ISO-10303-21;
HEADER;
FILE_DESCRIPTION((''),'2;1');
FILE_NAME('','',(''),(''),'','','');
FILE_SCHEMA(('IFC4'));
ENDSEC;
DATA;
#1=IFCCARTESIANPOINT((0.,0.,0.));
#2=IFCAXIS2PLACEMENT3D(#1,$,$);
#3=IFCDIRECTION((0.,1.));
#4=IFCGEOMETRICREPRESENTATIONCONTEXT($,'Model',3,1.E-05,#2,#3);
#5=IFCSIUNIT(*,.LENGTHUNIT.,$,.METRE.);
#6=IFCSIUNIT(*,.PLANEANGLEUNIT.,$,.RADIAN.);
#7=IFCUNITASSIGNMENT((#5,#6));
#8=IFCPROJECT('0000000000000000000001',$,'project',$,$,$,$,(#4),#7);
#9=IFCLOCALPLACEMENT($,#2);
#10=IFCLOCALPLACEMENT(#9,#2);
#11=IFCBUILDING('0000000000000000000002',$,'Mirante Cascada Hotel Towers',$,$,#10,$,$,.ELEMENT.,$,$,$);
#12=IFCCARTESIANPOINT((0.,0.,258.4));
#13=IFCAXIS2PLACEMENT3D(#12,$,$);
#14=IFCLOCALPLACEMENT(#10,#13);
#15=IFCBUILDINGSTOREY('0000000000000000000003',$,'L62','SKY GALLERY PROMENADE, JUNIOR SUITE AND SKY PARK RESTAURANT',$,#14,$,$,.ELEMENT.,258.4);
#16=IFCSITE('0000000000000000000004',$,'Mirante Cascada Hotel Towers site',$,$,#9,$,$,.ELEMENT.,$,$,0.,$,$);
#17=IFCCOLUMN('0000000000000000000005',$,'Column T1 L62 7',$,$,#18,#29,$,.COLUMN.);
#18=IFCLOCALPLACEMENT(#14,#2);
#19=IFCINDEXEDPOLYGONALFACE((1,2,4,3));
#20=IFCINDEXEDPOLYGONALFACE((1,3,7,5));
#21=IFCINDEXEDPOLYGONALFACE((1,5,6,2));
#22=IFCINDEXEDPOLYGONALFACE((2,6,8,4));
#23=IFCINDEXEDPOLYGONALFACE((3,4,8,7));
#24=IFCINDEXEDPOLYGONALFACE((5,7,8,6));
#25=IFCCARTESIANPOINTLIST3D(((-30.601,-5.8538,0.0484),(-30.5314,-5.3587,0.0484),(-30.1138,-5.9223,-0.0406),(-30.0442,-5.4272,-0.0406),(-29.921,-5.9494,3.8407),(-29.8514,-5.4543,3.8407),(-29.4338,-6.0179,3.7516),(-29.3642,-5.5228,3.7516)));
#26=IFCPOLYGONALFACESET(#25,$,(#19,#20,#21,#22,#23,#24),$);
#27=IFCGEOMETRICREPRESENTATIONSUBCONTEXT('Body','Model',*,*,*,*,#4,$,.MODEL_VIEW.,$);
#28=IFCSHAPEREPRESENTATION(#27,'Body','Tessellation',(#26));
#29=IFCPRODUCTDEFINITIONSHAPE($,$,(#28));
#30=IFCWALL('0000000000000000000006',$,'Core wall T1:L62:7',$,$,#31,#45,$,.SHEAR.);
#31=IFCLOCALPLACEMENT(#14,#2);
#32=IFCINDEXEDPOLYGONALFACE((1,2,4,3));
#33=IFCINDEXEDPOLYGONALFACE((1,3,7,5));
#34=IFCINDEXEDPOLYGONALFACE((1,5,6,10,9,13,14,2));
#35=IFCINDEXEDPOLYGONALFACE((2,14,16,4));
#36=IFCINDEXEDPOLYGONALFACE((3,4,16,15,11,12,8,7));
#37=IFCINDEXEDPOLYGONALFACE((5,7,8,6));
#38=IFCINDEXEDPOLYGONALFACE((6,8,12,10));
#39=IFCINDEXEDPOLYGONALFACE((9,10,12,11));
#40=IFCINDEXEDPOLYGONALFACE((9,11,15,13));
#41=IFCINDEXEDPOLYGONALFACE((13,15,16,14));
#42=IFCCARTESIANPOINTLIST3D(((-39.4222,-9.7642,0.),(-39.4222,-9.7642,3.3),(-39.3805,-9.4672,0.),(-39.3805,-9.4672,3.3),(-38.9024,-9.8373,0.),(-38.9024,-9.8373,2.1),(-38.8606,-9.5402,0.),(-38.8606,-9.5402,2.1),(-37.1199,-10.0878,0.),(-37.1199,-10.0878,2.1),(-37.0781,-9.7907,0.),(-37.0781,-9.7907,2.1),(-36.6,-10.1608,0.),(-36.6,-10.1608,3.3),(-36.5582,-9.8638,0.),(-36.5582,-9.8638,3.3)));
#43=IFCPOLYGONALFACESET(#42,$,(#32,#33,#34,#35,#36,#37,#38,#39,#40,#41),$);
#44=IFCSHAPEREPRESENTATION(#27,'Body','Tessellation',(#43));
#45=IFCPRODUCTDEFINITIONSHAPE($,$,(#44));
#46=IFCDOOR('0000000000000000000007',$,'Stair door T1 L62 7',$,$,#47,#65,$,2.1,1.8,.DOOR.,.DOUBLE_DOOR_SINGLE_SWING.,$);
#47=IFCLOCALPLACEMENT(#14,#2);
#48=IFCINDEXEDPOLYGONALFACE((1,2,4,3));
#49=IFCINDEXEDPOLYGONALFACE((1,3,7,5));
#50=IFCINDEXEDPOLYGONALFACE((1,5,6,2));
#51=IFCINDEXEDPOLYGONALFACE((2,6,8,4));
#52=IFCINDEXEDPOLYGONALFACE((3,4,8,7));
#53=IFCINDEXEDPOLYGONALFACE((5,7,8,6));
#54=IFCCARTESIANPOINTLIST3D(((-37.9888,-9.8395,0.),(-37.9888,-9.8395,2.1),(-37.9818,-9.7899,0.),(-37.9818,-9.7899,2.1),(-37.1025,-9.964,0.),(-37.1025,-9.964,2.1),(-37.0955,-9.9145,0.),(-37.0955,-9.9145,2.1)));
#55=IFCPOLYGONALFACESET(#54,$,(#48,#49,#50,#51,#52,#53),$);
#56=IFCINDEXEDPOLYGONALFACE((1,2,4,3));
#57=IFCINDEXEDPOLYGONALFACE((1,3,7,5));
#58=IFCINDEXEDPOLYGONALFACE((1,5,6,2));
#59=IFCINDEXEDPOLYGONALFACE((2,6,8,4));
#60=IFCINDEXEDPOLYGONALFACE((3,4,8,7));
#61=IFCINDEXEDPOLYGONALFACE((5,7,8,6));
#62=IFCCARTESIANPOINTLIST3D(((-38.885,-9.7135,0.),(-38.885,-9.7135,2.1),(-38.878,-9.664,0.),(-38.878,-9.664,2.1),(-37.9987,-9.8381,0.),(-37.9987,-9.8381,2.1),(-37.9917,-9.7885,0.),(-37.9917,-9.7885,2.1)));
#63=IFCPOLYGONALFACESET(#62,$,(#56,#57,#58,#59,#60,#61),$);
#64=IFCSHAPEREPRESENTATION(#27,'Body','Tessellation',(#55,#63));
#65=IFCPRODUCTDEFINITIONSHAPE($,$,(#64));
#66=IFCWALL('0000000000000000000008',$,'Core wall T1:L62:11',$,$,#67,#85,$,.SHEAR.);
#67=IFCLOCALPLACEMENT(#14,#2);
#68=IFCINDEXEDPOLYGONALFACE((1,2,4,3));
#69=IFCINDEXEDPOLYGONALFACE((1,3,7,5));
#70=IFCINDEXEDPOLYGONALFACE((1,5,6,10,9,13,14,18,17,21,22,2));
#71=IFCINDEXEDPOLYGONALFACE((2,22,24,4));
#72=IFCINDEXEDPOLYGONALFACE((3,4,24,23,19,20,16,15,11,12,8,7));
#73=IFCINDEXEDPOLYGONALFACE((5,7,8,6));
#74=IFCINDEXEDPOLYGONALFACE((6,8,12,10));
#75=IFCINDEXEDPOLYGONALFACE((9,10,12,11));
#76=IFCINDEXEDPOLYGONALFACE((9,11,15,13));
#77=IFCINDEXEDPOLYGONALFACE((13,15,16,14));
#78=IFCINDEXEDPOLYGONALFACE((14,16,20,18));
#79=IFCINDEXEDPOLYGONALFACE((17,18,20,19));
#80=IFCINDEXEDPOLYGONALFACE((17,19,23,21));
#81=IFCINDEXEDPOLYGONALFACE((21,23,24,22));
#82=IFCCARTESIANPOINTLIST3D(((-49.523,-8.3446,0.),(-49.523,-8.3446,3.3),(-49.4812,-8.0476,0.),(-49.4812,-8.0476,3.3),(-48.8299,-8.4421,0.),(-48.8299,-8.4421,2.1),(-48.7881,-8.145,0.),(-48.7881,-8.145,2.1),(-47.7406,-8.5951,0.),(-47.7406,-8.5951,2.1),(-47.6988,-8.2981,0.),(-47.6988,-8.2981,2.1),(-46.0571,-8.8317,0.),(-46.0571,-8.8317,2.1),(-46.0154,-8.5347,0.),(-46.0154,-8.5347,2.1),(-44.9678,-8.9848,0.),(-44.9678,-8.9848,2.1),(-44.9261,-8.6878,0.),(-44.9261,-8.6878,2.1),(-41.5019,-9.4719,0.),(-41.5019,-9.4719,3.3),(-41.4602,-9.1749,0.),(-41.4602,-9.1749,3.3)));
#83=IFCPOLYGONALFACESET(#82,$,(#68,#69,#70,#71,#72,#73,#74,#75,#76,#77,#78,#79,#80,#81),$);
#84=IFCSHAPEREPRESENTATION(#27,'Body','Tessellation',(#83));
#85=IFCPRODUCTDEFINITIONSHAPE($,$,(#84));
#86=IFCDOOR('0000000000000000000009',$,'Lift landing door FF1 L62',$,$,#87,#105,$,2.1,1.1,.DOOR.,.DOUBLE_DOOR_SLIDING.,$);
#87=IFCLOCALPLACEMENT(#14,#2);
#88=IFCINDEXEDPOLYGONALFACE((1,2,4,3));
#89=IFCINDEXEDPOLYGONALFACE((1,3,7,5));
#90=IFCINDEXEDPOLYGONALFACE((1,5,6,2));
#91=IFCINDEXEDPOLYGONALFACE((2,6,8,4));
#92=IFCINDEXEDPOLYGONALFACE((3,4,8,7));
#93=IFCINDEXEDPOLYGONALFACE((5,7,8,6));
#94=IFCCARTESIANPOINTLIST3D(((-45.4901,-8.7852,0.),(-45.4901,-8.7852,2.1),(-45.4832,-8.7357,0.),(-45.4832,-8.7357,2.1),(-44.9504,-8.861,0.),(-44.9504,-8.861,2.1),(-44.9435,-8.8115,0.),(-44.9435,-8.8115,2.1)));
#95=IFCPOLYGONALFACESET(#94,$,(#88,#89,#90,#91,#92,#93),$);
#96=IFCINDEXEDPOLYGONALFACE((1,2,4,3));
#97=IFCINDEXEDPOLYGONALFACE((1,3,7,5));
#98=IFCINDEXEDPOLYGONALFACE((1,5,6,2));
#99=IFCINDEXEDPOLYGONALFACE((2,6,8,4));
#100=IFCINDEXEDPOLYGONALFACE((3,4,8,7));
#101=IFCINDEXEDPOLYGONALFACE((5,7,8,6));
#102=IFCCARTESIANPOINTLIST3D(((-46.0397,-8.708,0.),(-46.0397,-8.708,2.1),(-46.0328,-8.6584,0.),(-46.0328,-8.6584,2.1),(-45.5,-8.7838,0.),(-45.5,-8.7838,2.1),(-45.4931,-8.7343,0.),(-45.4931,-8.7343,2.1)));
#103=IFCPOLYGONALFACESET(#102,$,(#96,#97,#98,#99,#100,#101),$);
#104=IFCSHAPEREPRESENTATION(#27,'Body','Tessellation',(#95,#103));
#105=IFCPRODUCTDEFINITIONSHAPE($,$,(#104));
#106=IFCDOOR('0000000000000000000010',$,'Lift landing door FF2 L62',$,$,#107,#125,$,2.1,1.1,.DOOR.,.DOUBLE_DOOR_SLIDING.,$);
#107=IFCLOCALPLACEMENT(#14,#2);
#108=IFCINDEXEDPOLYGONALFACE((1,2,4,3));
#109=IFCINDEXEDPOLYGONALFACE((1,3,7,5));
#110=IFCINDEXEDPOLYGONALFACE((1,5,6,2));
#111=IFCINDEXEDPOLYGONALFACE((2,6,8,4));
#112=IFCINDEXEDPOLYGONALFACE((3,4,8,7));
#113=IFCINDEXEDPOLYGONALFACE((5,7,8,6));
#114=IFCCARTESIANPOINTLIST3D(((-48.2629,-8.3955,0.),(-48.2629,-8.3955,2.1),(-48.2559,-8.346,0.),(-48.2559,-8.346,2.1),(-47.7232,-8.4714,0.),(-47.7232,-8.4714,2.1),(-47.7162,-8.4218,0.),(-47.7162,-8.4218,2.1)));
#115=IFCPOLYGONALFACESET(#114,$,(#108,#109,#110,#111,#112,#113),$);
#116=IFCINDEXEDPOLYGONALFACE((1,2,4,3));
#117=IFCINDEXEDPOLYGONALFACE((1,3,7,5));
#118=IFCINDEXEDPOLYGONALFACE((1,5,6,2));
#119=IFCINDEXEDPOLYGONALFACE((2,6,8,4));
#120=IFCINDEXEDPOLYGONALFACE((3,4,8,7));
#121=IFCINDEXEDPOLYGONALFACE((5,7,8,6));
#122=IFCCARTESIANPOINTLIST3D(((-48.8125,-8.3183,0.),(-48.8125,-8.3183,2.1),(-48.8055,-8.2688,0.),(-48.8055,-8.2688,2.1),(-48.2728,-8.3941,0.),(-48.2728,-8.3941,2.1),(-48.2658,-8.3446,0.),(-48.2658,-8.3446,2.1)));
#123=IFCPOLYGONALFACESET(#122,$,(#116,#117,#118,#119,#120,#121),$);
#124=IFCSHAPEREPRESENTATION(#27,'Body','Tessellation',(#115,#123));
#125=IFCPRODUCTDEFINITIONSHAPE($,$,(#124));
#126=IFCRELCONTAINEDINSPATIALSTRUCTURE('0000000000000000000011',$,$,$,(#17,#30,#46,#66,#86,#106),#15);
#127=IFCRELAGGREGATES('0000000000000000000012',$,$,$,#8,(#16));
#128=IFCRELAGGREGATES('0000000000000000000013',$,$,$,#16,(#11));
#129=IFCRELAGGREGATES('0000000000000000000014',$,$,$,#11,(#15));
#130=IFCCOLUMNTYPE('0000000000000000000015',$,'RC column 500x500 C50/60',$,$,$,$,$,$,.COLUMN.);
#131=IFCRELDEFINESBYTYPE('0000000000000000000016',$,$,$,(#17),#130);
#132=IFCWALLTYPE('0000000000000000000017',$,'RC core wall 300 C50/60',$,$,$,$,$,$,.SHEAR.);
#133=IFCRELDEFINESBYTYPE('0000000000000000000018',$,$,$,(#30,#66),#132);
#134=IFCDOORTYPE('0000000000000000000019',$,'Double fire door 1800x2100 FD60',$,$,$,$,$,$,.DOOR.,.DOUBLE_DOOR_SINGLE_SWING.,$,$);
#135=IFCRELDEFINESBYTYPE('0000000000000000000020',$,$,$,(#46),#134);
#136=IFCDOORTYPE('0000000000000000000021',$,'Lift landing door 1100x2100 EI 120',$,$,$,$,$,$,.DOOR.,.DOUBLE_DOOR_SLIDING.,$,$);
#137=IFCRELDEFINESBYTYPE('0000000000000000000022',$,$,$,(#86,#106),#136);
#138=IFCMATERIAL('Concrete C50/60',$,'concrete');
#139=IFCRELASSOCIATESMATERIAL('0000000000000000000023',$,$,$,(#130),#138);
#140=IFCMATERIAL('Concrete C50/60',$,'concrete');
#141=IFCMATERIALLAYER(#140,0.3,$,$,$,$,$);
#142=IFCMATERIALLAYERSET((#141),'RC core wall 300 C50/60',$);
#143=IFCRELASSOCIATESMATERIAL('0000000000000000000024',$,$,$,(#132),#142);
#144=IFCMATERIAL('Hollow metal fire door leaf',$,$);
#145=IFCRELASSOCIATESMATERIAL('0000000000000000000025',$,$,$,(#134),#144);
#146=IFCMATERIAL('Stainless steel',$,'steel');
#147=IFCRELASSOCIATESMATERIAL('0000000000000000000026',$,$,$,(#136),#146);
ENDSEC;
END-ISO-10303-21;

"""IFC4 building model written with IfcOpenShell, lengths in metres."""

from ifc_helpers import new_model, si_unit, direction, frame, frame_2d, origin, origin_2d, place, context, subcontext, project, spatial, rectangle, extrude, material, layer, layer_set, material_profile, profile_set, type_object, element, fill, save


model = new_model("IFC4")

# Units and contexts
model_context = context("Model", 3, precision=1e-05, world=origin(), true_north=direction((0.0, 1.0)))
body_context = subcontext(model_context, "Body", "Model", "MODEL_VIEW")
ifc_project = project(units=[si_unit("LENGTHUNIT", "METRE"), si_unit("PLANEANGLEUNIT", "RADIAN")], contexts=[model_context])

# Site, building, storey
site_placement = place(None, origin())
site = spatial("IfcSite", under=ifc_project, at=site_placement, Name="Mirante Cascada Hotel Towers site", CompositionType="ELEMENT", RefElevation=0.0)
building_placement = place(site_placement, origin())
building = spatial("IfcBuilding", under=site, at=building_placement, Name="Mirante Cascada Hotel Towers", CompositionType="ELEMENT")
storey_placement = place(building_placement, frame((0.0, 0.0, 258.4)))
storey = spatial("IfcBuildingStorey", under=building, at=storey_placement, Name="L62", Description="SKY GALLERY PROMENADE, JUNIOR SUITE AND SKY PARK RESTAURANT", CompositionType="ELEMENT", Elevation=258.4)

# Column
ifc_material_1 = material(Name="Concrete C50/60", Category="concrete")
ifc_material_profile = material_profile(ifc_material_1, rectangle(XDim=0.5, YDim=0.5, at=origin_2d()), Name="RC column 500x500 C50/60")
ifc_profile_set = profile_set([ifc_material_profile], Name="Concrete C50/60")
column_type = type_object("IfcColumnType", Name="RC column 500x500 C50/60", PredefinedType="COLUMN", material=ifc_profile_set)
column_placement = place(storey_placement, frame((-30.3226, -5.6405, 0.0039), z_axis=(0.176446, -0.024806, 0.983998), x_axis=(0.139219, 0.990262, 0.0)))
element("IfcColumn", 1, at=column_placement, inside=storey, type_object=column_type, Name="Column T1 L62 7", PredefinedType="COLUMN", context=body_context, shape_type="SweptSolid", body=[
    extrude(rectangle(XDim=0.5, YDim=0.5, at=origin_2d()), origin(), (0.0, 0.0, 1.0), 3.8539),
])

# Wall, opening, door
ifc_material_2 = material(Name="Concrete C50/60", Category="concrete")
ifc_layer_1 = layer(ifc_material_2, 0.3)
ifc_layer_set_1 = layer_set([ifc_layer_1], Name="RC core wall 300 C50/60")
wall_type_1 = type_object("IfcWallType", Name="RC core wall 300 C50/60", PredefinedType="SHEAR", material=ifc_layer_set_1)
wall_1_placement = place(storey_placement, frame((-36.5791, -10.0123, 0.0), z_axis=(0.0, 0.0, 1.0), x_axis=(-0.99027, 0.139156, 0.0)))
wall_1 = element("IfcWall", 2, at=wall_1_placement, inside=storey, type_object=wall_type_1, Name="Core wall T1:L62:7", PredefinedType="SHEAR", context=body_context, shape_type="SweptSolid", body=[
    extrude(rectangle(XDim=2.85, YDim=0.3, at=frame_2d((1.425, 0.0))), origin(), (0.0, 0.0, 1.0), 3.3),
])
opening_1_placement = place(wall_1_placement, frame((0.525, 0.0, 0.0)))
opening_1 = element("IfcOpeningElement", 3, at=opening_1_placement, cuts=wall_1, PredefinedType="OPENING", context=body_context, shape_type="SweptSolid", body=[
    extrude(rectangle(XDim=1.8, YDim=2.1, at=frame_2d((0.9, 1.05))), frame((0.0, 0.15, 0.0), z_axis=(0.0, -1.0, 0.0), x_axis=(1.0, 0.0, 0.0)), (0.0, 0.0, 1.0), 0.3),
])
ifc_material_3 = material(Name="Hollow metal fire door leaf")
door_type_1 = type_object("IfcDoorType", Name="Double fire door 1800x2100 FD60", OperationType="DOUBLE_DOOR_SINGLE_SWING", PredefinedType="DOOR", material=ifc_material_3)
door_1_placement = place(opening_1_placement, origin())
door_1 = element("IfcDoor", 4, at=door_1_placement, inside=storey, type_object=door_type_1, Name="Stair door T1 L62 7", OperationType="DOUBLE_DOOR_SINGLE_SWING", OverallHeight=2.1, OverallWidth=1.8, PredefinedType="DOOR", context=body_context, shape_type="SweptSolid", body=[
    extrude(rectangle(XDim=0.895, YDim=2.1, at=frame_2d((0.4475, 1.05))), frame((0.0, 0.025, 0.0), z_axis=(0.0, -1.0, 0.0), x_axis=(1.0, 0.0, 0.0)), (0.0, 0.0, 1.0), 0.05),
    extrude(rectangle(XDim=0.895, YDim=2.1, at=frame_2d((1.3525, 1.05))), frame((0.0, 0.025, 0.0), z_axis=(0.0, -1.0, 0.0), x_axis=(1.0, 0.0, 0.0)), (0.0, 0.0, 1.0), 0.05),
])
fill(opening_1, door_1)

# Wall, openings, doors
wall_2_placement = place(storey_placement, frame((-41.481, -9.3234, 0.0), z_axis=(0.0, 0.0, 1.0), x_axis=(-0.990268, 0.139174, 0.0)))
wall_2 = element("IfcWall", 5, at=wall_2_placement, inside=storey, type_object=wall_type_1, Name="Core wall T1:L62:11", PredefinedType="SHEAR", context=body_context, shape_type="SweptSolid", body=[
    extrude(rectangle(XDim=8.0999, YDim=0.3, at=frame_2d((4.05, 0.0))), origin(), (0.0, 0.0, 1.0), 3.3),
])
opening_2_placement = place(wall_2_placement, frame((3.5, 0.0, 0.0)))
opening_2 = element("IfcOpeningElement", 6, at=opening_2_placement, cuts=wall_2, PredefinedType="OPENING", context=body_context, shape_type="SweptSolid", body=[
    extrude(rectangle(XDim=1.1, YDim=2.1, at=frame_2d((0.55, 1.05))), frame((0.0, 0.15, 0.0), z_axis=(0.0, -1.0, 0.0), x_axis=(1.0, 0.0, 0.0)), (0.0, 0.0, 1.0), 0.3),
])
opening_3_placement = place(wall_2_placement, frame((6.3, 0.0, 0.0)))
opening_3 = element("IfcOpeningElement", 7, at=opening_3_placement, cuts=wall_2, PredefinedType="OPENING", context=body_context, shape_type="SweptSolid", body=[
    extrude(rectangle(XDim=1.1, YDim=2.1, at=frame_2d((0.55, 1.05))), frame((0.0, 0.15, 0.0), z_axis=(0.0, -1.0, 0.0), x_axis=(1.0, 0.0, 0.0)), (0.0, 0.0, 1.0), 0.3),
])
ifc_material_4 = material(Name="Stainless steel", Category="steel")
door_type_2 = type_object("IfcDoorType", Name="Lift landing door 1100x2100 EI 120", OperationType="DOUBLE_DOOR_SLIDING", PredefinedType="DOOR", material=ifc_material_4)
door_2_placement = place(opening_2_placement, origin())
door_2 = element("IfcDoor", 8, at=door_2_placement, inside=storey, type_object=door_type_2, Name="Lift landing door FF1 L62", OperationType="DOUBLE_DOOR_SLIDING", OverallHeight=2.1, OverallWidth=1.1, PredefinedType="DOOR", context=body_context, shape_type="SweptSolid", body=[
    extrude(rectangle(XDim=0.545, YDim=2.1, at=frame_2d((0.2725, 1.05))), frame((0.0, 0.025, 0.0), z_axis=(0.0, -1.0, 0.0), x_axis=(1.0, 0.0, 0.0)), (0.0, 0.0, 1.0), 0.05),
    extrude(rectangle(XDim=0.545, YDim=2.1, at=frame_2d((0.8275, 1.05))), frame((0.0, 0.025, 0.0), z_axis=(0.0, -1.0, 0.0), x_axis=(1.0, 0.0, 0.0)), (0.0, 0.0, 1.0), 0.05),
])
fill(opening_2, door_2)
door_3_placement = place(opening_3_placement, origin())
door_3 = element("IfcDoor", 9, at=door_3_placement, inside=storey, type_object=door_type_2, Name="Lift landing door FF2 L62", OperationType="DOUBLE_DOOR_SLIDING", OverallHeight=2.1, OverallWidth=1.1, PredefinedType="DOOR", context=body_context, shape_type="SweptSolid", body=[
    extrude(rectangle(XDim=0.545, YDim=2.1, at=frame_2d((0.2725, 1.05))), frame((0.0, 0.025, 0.0), z_axis=(0.0, -1.0, 0.0), x_axis=(1.0, 0.0, 0.0)), (0.0, 0.0, 1.0), 0.05),
    extrude(rectangle(XDim=0.545, YDim=2.1, at=frame_2d((0.8275, 1.05))), frame((0.0, 0.025, 0.0), z_axis=(0.0, -1.0, 0.0), x_axis=(1.0, 0.0, 0.0)), (0.0, 0.0, 1.0), 0.05),
])
fill(opening_3, door_3)

save(model, "model.ifc")
